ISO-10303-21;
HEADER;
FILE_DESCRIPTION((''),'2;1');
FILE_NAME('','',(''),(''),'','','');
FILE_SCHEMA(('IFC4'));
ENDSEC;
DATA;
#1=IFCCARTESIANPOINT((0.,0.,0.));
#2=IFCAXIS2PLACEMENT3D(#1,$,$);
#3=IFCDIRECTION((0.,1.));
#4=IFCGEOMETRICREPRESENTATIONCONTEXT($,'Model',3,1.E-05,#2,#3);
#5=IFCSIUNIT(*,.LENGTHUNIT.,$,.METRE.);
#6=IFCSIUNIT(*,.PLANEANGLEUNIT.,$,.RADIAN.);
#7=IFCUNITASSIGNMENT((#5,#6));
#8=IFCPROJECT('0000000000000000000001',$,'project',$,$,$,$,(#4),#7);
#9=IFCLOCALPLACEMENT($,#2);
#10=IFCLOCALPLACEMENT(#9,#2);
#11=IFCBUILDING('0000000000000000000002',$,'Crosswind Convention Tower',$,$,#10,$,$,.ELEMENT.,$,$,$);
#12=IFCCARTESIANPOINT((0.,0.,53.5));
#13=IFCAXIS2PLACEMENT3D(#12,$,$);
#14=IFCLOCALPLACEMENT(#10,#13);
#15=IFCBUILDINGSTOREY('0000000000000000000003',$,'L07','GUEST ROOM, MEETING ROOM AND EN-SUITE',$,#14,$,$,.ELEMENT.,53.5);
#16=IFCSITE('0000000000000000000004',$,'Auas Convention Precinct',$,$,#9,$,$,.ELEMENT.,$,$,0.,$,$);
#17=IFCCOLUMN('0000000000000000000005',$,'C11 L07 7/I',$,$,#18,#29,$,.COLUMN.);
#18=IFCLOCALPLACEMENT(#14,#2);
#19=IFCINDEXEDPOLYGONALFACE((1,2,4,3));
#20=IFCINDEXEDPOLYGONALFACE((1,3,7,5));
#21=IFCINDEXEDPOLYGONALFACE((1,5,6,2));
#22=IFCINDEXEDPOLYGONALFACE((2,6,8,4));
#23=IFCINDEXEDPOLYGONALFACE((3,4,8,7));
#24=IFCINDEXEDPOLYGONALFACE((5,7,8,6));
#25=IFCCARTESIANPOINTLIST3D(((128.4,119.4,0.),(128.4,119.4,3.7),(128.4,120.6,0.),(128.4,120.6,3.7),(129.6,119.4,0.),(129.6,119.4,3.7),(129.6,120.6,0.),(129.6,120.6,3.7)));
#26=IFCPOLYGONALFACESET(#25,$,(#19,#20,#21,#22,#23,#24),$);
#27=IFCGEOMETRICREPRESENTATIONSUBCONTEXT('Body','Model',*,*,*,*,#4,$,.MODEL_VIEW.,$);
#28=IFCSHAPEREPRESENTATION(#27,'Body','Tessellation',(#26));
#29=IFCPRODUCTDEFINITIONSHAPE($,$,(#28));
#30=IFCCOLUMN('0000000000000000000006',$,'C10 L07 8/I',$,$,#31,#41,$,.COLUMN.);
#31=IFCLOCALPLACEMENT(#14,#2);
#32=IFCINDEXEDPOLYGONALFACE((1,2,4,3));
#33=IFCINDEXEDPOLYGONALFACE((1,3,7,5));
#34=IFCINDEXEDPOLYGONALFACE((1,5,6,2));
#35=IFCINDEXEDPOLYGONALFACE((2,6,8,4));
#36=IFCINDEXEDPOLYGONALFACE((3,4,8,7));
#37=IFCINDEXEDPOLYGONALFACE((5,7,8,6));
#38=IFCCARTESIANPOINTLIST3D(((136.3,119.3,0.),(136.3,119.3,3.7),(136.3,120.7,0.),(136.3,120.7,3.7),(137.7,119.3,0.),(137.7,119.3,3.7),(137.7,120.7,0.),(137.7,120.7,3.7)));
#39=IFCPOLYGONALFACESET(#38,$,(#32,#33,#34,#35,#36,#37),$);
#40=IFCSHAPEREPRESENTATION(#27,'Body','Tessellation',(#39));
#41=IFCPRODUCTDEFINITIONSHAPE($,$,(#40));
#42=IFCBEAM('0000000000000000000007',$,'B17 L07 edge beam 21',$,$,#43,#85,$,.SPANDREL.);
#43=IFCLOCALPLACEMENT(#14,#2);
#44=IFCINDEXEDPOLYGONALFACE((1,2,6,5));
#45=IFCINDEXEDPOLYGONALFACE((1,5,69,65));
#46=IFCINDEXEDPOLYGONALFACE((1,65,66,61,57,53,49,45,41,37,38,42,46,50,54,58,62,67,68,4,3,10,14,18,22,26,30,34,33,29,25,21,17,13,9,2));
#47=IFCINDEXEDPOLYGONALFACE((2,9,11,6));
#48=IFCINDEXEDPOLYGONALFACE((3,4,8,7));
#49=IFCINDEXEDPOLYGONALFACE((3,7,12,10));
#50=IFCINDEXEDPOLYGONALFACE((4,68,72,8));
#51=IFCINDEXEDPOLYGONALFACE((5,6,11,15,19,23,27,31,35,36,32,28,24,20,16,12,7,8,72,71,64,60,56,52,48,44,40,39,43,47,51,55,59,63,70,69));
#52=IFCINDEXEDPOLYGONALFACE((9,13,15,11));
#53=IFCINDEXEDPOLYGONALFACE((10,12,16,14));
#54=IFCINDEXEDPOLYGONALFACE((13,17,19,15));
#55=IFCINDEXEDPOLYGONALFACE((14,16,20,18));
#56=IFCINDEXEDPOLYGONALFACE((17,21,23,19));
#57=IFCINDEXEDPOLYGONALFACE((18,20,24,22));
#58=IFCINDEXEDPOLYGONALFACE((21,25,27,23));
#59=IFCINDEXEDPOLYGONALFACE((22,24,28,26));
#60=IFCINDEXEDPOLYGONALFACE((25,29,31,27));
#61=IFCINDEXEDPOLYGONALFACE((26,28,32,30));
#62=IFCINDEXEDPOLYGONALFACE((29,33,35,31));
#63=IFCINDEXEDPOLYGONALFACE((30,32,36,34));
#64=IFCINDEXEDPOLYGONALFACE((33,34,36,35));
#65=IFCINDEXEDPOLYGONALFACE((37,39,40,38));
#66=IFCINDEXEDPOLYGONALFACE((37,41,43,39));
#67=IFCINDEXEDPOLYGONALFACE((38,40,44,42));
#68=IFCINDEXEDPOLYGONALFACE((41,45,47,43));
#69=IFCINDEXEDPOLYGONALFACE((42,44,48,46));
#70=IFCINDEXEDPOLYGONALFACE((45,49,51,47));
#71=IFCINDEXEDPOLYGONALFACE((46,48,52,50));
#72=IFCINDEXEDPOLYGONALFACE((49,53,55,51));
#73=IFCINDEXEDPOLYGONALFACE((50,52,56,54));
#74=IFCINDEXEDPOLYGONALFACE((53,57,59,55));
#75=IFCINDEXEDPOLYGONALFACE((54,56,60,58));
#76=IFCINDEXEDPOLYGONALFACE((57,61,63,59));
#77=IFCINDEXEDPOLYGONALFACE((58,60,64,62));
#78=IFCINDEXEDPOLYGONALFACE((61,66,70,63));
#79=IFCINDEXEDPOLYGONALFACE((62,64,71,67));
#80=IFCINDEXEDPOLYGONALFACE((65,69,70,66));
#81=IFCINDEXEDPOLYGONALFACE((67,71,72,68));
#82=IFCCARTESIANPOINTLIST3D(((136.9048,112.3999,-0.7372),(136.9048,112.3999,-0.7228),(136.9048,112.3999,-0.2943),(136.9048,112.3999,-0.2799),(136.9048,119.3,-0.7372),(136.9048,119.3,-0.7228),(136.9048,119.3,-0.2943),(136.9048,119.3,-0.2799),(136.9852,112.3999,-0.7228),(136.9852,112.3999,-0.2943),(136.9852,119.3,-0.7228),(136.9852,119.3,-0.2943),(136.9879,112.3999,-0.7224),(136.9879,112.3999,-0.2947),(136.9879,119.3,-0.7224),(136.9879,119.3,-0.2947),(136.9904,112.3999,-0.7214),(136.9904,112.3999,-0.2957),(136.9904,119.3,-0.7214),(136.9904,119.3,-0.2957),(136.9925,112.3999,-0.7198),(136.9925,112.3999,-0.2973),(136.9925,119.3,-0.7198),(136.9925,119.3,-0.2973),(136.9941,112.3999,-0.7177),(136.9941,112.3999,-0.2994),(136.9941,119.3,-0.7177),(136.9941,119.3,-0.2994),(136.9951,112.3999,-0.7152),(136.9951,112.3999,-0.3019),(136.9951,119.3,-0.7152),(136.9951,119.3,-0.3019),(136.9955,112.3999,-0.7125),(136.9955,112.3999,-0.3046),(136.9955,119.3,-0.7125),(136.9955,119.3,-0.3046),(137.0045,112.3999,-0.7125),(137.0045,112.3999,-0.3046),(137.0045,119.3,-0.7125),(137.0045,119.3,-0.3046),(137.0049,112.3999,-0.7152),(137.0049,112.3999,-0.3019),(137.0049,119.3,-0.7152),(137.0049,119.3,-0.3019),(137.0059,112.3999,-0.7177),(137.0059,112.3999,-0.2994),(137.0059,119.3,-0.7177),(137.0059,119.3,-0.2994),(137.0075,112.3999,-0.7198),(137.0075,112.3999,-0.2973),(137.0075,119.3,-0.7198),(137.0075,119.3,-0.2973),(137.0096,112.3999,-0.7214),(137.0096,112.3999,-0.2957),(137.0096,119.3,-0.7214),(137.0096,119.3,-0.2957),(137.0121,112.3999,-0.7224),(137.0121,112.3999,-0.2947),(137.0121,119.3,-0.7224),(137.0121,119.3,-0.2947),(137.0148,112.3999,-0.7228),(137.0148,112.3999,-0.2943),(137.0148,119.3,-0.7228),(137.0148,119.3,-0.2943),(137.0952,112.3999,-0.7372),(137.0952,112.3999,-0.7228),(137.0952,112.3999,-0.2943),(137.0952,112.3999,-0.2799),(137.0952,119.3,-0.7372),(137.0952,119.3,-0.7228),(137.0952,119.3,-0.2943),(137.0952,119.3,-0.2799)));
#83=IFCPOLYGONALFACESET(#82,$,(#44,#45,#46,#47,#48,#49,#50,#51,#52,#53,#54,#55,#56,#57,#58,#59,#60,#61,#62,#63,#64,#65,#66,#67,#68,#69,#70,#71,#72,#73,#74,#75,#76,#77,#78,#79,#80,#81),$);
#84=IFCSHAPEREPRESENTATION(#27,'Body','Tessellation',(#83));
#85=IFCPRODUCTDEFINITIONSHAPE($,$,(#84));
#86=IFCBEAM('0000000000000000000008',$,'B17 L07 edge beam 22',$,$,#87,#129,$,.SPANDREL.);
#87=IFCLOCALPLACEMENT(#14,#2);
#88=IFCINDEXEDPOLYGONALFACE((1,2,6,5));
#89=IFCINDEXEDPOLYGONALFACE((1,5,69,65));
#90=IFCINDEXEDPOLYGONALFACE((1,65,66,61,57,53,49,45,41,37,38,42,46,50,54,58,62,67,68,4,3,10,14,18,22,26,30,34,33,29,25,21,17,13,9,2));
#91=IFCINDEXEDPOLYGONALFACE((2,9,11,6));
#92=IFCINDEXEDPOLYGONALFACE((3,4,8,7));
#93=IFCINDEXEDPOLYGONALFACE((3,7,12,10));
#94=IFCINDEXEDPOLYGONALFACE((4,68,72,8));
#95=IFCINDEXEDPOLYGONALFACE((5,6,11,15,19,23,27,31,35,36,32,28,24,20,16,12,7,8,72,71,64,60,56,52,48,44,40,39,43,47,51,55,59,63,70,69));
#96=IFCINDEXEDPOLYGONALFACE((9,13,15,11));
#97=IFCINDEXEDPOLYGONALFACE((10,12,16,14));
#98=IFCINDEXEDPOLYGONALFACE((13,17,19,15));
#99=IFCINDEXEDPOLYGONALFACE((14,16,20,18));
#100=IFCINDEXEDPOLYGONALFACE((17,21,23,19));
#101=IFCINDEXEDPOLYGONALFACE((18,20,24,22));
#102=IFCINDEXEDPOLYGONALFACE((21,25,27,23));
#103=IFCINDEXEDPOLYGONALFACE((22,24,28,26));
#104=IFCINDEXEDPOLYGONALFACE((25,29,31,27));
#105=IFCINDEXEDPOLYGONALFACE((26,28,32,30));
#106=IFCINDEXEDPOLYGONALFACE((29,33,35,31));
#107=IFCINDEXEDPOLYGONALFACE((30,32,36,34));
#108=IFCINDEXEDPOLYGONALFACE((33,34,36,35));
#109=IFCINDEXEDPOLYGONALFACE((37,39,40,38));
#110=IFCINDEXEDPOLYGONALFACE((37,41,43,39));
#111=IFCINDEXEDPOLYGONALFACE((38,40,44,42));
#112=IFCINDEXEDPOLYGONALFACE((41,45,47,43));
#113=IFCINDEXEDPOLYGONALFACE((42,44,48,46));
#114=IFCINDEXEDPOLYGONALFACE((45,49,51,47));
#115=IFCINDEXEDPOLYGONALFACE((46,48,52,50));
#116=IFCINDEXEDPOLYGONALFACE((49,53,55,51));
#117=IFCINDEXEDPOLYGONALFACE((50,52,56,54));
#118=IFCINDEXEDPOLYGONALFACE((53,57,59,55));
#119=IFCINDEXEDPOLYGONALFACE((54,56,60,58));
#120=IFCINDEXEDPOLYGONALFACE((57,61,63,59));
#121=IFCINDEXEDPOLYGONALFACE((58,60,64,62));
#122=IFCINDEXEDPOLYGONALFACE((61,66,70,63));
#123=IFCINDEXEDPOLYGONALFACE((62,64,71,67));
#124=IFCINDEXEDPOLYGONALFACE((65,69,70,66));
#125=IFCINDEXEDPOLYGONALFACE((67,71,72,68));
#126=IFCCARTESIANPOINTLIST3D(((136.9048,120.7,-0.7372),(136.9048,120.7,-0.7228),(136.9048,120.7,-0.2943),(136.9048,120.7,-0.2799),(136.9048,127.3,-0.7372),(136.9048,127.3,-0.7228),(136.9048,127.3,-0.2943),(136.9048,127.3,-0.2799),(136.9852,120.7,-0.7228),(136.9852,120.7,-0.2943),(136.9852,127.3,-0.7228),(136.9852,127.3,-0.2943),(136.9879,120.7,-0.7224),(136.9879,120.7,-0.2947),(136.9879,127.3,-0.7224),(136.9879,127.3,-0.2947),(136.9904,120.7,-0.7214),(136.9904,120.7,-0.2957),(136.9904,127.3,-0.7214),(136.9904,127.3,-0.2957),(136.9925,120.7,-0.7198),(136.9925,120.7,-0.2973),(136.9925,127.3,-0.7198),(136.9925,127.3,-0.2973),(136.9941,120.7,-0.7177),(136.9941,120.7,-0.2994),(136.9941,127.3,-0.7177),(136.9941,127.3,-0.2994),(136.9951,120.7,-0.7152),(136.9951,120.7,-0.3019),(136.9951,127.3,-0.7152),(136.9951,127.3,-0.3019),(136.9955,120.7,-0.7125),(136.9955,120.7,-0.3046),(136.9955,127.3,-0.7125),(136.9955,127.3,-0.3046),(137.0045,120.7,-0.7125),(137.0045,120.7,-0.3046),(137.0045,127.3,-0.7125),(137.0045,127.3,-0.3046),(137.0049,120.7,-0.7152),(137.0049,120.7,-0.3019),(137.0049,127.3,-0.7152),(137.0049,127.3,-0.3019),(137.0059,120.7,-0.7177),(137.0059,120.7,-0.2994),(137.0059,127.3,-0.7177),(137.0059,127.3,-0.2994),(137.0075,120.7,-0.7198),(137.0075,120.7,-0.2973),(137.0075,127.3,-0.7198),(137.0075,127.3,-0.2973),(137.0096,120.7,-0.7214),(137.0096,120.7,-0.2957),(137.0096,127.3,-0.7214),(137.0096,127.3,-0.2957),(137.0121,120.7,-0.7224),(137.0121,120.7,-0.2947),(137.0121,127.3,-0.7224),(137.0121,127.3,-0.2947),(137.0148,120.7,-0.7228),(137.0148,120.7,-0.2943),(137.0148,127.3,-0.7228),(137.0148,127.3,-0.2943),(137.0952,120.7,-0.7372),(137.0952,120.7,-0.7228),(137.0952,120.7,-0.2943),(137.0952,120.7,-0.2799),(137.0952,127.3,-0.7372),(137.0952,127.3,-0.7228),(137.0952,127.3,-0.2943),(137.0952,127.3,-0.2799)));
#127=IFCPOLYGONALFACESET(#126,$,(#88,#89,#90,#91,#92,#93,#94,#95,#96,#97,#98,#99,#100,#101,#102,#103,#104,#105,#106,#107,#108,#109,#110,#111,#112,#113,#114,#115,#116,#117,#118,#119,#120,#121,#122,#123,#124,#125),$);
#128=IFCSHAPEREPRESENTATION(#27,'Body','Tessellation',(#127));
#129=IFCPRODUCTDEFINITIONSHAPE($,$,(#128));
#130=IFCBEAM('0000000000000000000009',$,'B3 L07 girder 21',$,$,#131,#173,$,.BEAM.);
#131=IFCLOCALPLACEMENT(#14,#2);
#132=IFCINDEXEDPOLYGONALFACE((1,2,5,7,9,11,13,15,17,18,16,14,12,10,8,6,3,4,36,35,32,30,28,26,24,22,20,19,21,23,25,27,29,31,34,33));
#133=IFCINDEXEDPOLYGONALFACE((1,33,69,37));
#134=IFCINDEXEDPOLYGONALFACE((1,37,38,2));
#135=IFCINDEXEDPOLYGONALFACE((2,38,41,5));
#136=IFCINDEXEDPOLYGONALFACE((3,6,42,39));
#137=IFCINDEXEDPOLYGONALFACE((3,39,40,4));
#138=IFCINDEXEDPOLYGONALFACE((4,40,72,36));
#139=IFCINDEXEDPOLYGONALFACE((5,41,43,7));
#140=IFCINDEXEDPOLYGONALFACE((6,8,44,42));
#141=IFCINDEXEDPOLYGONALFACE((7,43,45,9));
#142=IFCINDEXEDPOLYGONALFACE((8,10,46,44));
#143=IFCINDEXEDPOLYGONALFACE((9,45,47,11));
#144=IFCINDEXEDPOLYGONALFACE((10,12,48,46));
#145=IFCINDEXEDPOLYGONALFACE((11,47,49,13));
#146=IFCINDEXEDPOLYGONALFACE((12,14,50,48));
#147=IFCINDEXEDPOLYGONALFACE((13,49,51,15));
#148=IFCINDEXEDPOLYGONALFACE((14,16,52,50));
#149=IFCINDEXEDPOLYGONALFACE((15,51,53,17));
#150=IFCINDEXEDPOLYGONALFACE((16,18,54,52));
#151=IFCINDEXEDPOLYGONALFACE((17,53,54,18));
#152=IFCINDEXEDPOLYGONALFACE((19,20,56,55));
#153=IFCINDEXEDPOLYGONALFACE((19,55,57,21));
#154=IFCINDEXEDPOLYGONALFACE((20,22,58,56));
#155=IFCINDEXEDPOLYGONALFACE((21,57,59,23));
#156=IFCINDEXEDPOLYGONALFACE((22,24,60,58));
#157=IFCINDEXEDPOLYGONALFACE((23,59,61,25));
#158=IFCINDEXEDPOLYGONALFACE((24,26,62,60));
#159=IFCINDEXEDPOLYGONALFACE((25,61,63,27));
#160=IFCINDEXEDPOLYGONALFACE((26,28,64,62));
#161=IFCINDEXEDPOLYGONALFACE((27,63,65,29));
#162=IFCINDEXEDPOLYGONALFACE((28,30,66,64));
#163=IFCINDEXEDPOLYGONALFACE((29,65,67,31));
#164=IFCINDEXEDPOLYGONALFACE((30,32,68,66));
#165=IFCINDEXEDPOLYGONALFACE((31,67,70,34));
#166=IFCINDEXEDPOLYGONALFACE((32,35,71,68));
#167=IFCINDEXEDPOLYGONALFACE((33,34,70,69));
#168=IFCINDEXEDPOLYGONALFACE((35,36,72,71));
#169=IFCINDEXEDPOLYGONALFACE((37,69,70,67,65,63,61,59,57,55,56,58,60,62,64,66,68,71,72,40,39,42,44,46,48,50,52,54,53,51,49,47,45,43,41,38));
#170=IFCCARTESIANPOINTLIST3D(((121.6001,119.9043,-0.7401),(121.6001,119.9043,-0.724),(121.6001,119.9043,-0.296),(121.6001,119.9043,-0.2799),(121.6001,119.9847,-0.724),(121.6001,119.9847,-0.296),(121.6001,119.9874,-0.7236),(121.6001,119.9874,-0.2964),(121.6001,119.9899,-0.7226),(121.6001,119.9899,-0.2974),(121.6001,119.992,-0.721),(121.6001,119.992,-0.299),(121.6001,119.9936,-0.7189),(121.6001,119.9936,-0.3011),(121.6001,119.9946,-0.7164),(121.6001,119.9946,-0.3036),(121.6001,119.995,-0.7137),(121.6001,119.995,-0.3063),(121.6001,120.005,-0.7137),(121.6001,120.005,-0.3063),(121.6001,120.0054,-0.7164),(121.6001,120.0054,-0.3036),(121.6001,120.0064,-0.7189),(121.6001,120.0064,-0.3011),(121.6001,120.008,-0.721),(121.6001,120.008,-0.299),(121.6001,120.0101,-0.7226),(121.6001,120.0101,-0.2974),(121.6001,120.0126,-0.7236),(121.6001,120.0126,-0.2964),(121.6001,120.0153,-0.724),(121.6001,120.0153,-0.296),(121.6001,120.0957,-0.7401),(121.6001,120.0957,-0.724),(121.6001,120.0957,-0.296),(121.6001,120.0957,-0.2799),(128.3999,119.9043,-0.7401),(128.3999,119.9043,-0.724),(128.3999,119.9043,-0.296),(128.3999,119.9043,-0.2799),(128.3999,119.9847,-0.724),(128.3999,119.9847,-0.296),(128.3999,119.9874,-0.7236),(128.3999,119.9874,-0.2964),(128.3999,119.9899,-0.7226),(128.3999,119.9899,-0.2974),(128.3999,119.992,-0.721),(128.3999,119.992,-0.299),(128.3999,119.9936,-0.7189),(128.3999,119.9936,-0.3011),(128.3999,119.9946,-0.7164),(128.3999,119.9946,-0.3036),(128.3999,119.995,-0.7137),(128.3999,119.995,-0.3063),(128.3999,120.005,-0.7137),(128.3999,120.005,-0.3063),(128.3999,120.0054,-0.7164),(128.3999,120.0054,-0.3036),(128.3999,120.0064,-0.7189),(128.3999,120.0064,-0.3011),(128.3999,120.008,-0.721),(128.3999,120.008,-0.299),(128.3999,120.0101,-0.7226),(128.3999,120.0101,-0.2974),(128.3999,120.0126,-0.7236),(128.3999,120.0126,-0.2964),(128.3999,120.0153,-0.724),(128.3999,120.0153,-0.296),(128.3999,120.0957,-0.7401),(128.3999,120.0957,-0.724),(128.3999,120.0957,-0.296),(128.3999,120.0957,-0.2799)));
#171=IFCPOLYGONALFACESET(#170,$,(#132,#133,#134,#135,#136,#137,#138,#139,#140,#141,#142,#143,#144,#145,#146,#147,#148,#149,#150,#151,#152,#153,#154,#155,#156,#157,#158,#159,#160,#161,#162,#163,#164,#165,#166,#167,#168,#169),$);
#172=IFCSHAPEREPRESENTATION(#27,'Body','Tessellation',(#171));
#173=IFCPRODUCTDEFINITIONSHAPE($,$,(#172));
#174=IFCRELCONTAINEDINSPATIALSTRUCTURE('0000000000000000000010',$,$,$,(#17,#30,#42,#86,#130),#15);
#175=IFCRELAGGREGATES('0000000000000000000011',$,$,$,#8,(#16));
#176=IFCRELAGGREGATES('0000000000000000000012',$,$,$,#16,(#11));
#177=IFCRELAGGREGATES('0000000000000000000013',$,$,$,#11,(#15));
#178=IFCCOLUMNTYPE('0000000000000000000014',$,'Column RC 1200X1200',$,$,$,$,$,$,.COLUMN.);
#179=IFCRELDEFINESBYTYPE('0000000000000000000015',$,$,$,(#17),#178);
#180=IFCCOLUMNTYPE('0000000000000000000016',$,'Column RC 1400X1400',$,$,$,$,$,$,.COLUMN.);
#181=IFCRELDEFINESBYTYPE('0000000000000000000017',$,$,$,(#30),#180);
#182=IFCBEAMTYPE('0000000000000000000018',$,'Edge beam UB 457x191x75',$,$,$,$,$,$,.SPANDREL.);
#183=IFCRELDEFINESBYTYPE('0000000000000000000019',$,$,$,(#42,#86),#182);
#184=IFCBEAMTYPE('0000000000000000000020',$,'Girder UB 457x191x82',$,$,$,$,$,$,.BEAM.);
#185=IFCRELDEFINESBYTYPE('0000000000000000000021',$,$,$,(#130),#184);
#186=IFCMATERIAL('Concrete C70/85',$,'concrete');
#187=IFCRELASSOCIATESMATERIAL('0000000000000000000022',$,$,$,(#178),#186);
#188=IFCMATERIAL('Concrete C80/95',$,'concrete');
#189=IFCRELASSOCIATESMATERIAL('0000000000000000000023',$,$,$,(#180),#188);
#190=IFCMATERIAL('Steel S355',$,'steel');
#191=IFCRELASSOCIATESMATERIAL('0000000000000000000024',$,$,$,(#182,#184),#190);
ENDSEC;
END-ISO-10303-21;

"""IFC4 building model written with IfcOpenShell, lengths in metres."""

from ifc_helpers import new_model, si_unit, direction, frame, origin, origin_2d, place, context, subcontext, project, spatial, rectangle, i_section, extrude, material, material_profile, profile_set, type_object, element, save


model = new_model("IFC4")

# Units and contexts
model_context = context("Model", 3, precision=1e-05, world=origin(), true_north=direction((0.0, 1.0)))
body_context = subcontext(model_context, "Body", "Model", "MODEL_VIEW")
ifc_project = project(units=[si_unit("LENGTHUNIT", "METRE"), si_unit("PLANEANGLEUNIT", "RADIAN")], contexts=[model_context])

# Site, building, storey
site_placement = place(None, origin())
site = spatial("IfcSite", under=ifc_project, at=site_placement, Name="Auas Convention Precinct", CompositionType="ELEMENT", RefElevation=0.0)
building_placement = place(site_placement, origin())
building = spatial("IfcBuilding", under=site, at=building_placement, Name="Crosswind Convention Tower", CompositionType="ELEMENT")
storey_placement = place(building_placement, frame((0.0, 0.0, 53.5)))
storey = spatial("IfcBuildingStorey", under=building, at=storey_placement, Name="L07", Description="GUEST ROOM, MEETING ROOM AND EN-SUITE", CompositionType="ELEMENT", Elevation=53.5)

# Columns
ifc_material_1 = material(Name="Concrete C70/85", Category="concrete")
ifc_material_profile_1 = material_profile(ifc_material_1, rectangle(XDim=1.2, YDim=1.2, at=origin_2d()), Name="RC 1200X1200")
ifc_profile_set_1 = profile_set([ifc_material_profile_1], Name="Concrete C70/85")
column_type_1 = type_object("IfcColumnType", Name="Column RC 1200X1200", PredefinedType="COLUMN", material=ifc_profile_set_1)
column_1_placement = place(storey_placement, frame((129.0, 120.0, 0.0), z_axis=(0.0, 0.0, 1.0), x_axis=(1.0, 0.0, 0.0)))
element("IfcColumn", 1, at=column_1_placement, inside=storey, type_object=column_type_1, Name="C11 L07 7/I", PredefinedType="COLUMN", context=body_context, shape_type="SweptSolid", body=[
    extrude(rectangle(XDim=1.2, YDim=1.2, at=origin_2d()), origin(), (0.0, 0.0, 1.0), 3.7),
])
ifc_material_2 = material(Name="Concrete C80/95", Category="concrete")
ifc_material_profile_2 = material_profile(ifc_material_2, rectangle(XDim=1.3999, YDim=1.3999, at=origin_2d()), Name="RC 1400X1400")
ifc_profile_set_2 = profile_set([ifc_material_profile_2], Name="Concrete C80/95")
column_type_2 = type_object("IfcColumnType", Name="Column RC 1400X1400", PredefinedType="COLUMN", material=ifc_profile_set_2)
column_2_placement = place(storey_placement, frame((137.0, 120.0, 0.0), z_axis=(0.0, 0.0, 1.0), x_axis=(1.0, 0.0, 0.0)))
element("IfcColumn", 2, at=column_2_placement, inside=storey, type_object=column_type_2, Name="C10 L07 8/I", PredefinedType="COLUMN", context=body_context, shape_type="SweptSolid", body=[
    extrude(rectangle(XDim=1.3999, YDim=1.3999, at=origin_2d()), origin(), (0.0, 0.0, 1.0), 3.7),
])

# Beams
ifc_material_3 = material(Name="Steel S355", Category="steel")
ifc_material_profile_3 = material_profile(ifc_material_3, i_section(OverallWidth=0.1904, OverallDepth=0.4573, WebThickness=0.009, FlangeThickness=0.0144, FilletRadius=0.0103, at=origin_2d()), Name="UB 457x191x75")
ifc_profile_set_3 = profile_set([ifc_material_profile_3], Name="Steel S355")
beam_type_1 = type_object("IfcBeamType", Name="Edge beam UB 457x191x75", PredefinedType="SPANDREL", material=ifc_profile_set_3)
beam_1_placement = place(storey_placement, frame((137.0, 112.3999, -0.5085), z_axis=(0.0, 1.0, 0.0), x_axis=(-1.0, 0.0, 0.0)))
element("IfcBeam", 3, at=beam_1_placement, inside=storey, type_object=beam_type_1, Name="B17 L07 edge beam 21", PredefinedType="SPANDREL", context=body_context, shape_type="SweptSolid", body=[
    extrude(i_section(OverallWidth=0.1904, OverallDepth=0.4573, WebThickness=0.009, FlangeThickness=0.0144, FilletRadius=0.0103, at=origin_2d()), origin(), (0.0, 0.0, 1.0), 6.9001),
])
beam_2_placement = place(storey_placement, frame((137.0, 120.7, -0.5085), z_axis=(0.0, 1.0, 0.0), x_axis=(-1.0, 0.0, 0.0)))
element("IfcBeam", 4, at=beam_2_placement, inside=storey, type_object=beam_type_1, Name="B17 L07 edge beam 22", PredefinedType="SPANDREL", context=body_context, shape_type="SweptSolid", body=[
    extrude(i_section(OverallWidth=0.1904, OverallDepth=0.4573, WebThickness=0.009, FlangeThickness=0.0144, FilletRadius=0.0103, at=origin_2d()), origin(), (0.0, 0.0, 1.0), 6.6001),
])
ifc_material_profile_4 = material_profile(ifc_material_3, i_section(OverallWidth=0.1914, OverallDepth=0.4602, WebThickness=0.01, FlangeThickness=0.0161, FilletRadius=0.0103, at=origin_2d()), Name="UB 457x191x82")
ifc_profile_set_4 = profile_set([ifc_material_profile_4], Name="Steel S355")
beam_type_2 = type_object("IfcBeamType", Name="Girder UB 457x191x82", PredefinedType="BEAM", material=ifc_profile_set_4)
for number, where, z_axis, x_axis, name in (
    (5, (121.6001, 120.0, -0.51), (1.0, 0.0, 0.0), (0.0, 1.0, 0.0), "B3 L07 girder 21"),
):
    element("IfcBeam", number, at=place(storey_placement, frame(where, z_axis=z_axis, x_axis=x_axis)), inside=storey, type_object=beam_type_2, Name=name, PredefinedType="BEAM", context=body_context, shape_type="SweptSolid", body=[
        extrude(i_section(OverallWidth=0.1914, OverallDepth=0.4602, WebThickness=0.01, FlangeThickness=0.0161, FilletRadius=0.0103, at=origin_2d()), origin(), (0.0, 0.0, 1.0), 6.7998),
    ])

save(model, "model.ifc")
